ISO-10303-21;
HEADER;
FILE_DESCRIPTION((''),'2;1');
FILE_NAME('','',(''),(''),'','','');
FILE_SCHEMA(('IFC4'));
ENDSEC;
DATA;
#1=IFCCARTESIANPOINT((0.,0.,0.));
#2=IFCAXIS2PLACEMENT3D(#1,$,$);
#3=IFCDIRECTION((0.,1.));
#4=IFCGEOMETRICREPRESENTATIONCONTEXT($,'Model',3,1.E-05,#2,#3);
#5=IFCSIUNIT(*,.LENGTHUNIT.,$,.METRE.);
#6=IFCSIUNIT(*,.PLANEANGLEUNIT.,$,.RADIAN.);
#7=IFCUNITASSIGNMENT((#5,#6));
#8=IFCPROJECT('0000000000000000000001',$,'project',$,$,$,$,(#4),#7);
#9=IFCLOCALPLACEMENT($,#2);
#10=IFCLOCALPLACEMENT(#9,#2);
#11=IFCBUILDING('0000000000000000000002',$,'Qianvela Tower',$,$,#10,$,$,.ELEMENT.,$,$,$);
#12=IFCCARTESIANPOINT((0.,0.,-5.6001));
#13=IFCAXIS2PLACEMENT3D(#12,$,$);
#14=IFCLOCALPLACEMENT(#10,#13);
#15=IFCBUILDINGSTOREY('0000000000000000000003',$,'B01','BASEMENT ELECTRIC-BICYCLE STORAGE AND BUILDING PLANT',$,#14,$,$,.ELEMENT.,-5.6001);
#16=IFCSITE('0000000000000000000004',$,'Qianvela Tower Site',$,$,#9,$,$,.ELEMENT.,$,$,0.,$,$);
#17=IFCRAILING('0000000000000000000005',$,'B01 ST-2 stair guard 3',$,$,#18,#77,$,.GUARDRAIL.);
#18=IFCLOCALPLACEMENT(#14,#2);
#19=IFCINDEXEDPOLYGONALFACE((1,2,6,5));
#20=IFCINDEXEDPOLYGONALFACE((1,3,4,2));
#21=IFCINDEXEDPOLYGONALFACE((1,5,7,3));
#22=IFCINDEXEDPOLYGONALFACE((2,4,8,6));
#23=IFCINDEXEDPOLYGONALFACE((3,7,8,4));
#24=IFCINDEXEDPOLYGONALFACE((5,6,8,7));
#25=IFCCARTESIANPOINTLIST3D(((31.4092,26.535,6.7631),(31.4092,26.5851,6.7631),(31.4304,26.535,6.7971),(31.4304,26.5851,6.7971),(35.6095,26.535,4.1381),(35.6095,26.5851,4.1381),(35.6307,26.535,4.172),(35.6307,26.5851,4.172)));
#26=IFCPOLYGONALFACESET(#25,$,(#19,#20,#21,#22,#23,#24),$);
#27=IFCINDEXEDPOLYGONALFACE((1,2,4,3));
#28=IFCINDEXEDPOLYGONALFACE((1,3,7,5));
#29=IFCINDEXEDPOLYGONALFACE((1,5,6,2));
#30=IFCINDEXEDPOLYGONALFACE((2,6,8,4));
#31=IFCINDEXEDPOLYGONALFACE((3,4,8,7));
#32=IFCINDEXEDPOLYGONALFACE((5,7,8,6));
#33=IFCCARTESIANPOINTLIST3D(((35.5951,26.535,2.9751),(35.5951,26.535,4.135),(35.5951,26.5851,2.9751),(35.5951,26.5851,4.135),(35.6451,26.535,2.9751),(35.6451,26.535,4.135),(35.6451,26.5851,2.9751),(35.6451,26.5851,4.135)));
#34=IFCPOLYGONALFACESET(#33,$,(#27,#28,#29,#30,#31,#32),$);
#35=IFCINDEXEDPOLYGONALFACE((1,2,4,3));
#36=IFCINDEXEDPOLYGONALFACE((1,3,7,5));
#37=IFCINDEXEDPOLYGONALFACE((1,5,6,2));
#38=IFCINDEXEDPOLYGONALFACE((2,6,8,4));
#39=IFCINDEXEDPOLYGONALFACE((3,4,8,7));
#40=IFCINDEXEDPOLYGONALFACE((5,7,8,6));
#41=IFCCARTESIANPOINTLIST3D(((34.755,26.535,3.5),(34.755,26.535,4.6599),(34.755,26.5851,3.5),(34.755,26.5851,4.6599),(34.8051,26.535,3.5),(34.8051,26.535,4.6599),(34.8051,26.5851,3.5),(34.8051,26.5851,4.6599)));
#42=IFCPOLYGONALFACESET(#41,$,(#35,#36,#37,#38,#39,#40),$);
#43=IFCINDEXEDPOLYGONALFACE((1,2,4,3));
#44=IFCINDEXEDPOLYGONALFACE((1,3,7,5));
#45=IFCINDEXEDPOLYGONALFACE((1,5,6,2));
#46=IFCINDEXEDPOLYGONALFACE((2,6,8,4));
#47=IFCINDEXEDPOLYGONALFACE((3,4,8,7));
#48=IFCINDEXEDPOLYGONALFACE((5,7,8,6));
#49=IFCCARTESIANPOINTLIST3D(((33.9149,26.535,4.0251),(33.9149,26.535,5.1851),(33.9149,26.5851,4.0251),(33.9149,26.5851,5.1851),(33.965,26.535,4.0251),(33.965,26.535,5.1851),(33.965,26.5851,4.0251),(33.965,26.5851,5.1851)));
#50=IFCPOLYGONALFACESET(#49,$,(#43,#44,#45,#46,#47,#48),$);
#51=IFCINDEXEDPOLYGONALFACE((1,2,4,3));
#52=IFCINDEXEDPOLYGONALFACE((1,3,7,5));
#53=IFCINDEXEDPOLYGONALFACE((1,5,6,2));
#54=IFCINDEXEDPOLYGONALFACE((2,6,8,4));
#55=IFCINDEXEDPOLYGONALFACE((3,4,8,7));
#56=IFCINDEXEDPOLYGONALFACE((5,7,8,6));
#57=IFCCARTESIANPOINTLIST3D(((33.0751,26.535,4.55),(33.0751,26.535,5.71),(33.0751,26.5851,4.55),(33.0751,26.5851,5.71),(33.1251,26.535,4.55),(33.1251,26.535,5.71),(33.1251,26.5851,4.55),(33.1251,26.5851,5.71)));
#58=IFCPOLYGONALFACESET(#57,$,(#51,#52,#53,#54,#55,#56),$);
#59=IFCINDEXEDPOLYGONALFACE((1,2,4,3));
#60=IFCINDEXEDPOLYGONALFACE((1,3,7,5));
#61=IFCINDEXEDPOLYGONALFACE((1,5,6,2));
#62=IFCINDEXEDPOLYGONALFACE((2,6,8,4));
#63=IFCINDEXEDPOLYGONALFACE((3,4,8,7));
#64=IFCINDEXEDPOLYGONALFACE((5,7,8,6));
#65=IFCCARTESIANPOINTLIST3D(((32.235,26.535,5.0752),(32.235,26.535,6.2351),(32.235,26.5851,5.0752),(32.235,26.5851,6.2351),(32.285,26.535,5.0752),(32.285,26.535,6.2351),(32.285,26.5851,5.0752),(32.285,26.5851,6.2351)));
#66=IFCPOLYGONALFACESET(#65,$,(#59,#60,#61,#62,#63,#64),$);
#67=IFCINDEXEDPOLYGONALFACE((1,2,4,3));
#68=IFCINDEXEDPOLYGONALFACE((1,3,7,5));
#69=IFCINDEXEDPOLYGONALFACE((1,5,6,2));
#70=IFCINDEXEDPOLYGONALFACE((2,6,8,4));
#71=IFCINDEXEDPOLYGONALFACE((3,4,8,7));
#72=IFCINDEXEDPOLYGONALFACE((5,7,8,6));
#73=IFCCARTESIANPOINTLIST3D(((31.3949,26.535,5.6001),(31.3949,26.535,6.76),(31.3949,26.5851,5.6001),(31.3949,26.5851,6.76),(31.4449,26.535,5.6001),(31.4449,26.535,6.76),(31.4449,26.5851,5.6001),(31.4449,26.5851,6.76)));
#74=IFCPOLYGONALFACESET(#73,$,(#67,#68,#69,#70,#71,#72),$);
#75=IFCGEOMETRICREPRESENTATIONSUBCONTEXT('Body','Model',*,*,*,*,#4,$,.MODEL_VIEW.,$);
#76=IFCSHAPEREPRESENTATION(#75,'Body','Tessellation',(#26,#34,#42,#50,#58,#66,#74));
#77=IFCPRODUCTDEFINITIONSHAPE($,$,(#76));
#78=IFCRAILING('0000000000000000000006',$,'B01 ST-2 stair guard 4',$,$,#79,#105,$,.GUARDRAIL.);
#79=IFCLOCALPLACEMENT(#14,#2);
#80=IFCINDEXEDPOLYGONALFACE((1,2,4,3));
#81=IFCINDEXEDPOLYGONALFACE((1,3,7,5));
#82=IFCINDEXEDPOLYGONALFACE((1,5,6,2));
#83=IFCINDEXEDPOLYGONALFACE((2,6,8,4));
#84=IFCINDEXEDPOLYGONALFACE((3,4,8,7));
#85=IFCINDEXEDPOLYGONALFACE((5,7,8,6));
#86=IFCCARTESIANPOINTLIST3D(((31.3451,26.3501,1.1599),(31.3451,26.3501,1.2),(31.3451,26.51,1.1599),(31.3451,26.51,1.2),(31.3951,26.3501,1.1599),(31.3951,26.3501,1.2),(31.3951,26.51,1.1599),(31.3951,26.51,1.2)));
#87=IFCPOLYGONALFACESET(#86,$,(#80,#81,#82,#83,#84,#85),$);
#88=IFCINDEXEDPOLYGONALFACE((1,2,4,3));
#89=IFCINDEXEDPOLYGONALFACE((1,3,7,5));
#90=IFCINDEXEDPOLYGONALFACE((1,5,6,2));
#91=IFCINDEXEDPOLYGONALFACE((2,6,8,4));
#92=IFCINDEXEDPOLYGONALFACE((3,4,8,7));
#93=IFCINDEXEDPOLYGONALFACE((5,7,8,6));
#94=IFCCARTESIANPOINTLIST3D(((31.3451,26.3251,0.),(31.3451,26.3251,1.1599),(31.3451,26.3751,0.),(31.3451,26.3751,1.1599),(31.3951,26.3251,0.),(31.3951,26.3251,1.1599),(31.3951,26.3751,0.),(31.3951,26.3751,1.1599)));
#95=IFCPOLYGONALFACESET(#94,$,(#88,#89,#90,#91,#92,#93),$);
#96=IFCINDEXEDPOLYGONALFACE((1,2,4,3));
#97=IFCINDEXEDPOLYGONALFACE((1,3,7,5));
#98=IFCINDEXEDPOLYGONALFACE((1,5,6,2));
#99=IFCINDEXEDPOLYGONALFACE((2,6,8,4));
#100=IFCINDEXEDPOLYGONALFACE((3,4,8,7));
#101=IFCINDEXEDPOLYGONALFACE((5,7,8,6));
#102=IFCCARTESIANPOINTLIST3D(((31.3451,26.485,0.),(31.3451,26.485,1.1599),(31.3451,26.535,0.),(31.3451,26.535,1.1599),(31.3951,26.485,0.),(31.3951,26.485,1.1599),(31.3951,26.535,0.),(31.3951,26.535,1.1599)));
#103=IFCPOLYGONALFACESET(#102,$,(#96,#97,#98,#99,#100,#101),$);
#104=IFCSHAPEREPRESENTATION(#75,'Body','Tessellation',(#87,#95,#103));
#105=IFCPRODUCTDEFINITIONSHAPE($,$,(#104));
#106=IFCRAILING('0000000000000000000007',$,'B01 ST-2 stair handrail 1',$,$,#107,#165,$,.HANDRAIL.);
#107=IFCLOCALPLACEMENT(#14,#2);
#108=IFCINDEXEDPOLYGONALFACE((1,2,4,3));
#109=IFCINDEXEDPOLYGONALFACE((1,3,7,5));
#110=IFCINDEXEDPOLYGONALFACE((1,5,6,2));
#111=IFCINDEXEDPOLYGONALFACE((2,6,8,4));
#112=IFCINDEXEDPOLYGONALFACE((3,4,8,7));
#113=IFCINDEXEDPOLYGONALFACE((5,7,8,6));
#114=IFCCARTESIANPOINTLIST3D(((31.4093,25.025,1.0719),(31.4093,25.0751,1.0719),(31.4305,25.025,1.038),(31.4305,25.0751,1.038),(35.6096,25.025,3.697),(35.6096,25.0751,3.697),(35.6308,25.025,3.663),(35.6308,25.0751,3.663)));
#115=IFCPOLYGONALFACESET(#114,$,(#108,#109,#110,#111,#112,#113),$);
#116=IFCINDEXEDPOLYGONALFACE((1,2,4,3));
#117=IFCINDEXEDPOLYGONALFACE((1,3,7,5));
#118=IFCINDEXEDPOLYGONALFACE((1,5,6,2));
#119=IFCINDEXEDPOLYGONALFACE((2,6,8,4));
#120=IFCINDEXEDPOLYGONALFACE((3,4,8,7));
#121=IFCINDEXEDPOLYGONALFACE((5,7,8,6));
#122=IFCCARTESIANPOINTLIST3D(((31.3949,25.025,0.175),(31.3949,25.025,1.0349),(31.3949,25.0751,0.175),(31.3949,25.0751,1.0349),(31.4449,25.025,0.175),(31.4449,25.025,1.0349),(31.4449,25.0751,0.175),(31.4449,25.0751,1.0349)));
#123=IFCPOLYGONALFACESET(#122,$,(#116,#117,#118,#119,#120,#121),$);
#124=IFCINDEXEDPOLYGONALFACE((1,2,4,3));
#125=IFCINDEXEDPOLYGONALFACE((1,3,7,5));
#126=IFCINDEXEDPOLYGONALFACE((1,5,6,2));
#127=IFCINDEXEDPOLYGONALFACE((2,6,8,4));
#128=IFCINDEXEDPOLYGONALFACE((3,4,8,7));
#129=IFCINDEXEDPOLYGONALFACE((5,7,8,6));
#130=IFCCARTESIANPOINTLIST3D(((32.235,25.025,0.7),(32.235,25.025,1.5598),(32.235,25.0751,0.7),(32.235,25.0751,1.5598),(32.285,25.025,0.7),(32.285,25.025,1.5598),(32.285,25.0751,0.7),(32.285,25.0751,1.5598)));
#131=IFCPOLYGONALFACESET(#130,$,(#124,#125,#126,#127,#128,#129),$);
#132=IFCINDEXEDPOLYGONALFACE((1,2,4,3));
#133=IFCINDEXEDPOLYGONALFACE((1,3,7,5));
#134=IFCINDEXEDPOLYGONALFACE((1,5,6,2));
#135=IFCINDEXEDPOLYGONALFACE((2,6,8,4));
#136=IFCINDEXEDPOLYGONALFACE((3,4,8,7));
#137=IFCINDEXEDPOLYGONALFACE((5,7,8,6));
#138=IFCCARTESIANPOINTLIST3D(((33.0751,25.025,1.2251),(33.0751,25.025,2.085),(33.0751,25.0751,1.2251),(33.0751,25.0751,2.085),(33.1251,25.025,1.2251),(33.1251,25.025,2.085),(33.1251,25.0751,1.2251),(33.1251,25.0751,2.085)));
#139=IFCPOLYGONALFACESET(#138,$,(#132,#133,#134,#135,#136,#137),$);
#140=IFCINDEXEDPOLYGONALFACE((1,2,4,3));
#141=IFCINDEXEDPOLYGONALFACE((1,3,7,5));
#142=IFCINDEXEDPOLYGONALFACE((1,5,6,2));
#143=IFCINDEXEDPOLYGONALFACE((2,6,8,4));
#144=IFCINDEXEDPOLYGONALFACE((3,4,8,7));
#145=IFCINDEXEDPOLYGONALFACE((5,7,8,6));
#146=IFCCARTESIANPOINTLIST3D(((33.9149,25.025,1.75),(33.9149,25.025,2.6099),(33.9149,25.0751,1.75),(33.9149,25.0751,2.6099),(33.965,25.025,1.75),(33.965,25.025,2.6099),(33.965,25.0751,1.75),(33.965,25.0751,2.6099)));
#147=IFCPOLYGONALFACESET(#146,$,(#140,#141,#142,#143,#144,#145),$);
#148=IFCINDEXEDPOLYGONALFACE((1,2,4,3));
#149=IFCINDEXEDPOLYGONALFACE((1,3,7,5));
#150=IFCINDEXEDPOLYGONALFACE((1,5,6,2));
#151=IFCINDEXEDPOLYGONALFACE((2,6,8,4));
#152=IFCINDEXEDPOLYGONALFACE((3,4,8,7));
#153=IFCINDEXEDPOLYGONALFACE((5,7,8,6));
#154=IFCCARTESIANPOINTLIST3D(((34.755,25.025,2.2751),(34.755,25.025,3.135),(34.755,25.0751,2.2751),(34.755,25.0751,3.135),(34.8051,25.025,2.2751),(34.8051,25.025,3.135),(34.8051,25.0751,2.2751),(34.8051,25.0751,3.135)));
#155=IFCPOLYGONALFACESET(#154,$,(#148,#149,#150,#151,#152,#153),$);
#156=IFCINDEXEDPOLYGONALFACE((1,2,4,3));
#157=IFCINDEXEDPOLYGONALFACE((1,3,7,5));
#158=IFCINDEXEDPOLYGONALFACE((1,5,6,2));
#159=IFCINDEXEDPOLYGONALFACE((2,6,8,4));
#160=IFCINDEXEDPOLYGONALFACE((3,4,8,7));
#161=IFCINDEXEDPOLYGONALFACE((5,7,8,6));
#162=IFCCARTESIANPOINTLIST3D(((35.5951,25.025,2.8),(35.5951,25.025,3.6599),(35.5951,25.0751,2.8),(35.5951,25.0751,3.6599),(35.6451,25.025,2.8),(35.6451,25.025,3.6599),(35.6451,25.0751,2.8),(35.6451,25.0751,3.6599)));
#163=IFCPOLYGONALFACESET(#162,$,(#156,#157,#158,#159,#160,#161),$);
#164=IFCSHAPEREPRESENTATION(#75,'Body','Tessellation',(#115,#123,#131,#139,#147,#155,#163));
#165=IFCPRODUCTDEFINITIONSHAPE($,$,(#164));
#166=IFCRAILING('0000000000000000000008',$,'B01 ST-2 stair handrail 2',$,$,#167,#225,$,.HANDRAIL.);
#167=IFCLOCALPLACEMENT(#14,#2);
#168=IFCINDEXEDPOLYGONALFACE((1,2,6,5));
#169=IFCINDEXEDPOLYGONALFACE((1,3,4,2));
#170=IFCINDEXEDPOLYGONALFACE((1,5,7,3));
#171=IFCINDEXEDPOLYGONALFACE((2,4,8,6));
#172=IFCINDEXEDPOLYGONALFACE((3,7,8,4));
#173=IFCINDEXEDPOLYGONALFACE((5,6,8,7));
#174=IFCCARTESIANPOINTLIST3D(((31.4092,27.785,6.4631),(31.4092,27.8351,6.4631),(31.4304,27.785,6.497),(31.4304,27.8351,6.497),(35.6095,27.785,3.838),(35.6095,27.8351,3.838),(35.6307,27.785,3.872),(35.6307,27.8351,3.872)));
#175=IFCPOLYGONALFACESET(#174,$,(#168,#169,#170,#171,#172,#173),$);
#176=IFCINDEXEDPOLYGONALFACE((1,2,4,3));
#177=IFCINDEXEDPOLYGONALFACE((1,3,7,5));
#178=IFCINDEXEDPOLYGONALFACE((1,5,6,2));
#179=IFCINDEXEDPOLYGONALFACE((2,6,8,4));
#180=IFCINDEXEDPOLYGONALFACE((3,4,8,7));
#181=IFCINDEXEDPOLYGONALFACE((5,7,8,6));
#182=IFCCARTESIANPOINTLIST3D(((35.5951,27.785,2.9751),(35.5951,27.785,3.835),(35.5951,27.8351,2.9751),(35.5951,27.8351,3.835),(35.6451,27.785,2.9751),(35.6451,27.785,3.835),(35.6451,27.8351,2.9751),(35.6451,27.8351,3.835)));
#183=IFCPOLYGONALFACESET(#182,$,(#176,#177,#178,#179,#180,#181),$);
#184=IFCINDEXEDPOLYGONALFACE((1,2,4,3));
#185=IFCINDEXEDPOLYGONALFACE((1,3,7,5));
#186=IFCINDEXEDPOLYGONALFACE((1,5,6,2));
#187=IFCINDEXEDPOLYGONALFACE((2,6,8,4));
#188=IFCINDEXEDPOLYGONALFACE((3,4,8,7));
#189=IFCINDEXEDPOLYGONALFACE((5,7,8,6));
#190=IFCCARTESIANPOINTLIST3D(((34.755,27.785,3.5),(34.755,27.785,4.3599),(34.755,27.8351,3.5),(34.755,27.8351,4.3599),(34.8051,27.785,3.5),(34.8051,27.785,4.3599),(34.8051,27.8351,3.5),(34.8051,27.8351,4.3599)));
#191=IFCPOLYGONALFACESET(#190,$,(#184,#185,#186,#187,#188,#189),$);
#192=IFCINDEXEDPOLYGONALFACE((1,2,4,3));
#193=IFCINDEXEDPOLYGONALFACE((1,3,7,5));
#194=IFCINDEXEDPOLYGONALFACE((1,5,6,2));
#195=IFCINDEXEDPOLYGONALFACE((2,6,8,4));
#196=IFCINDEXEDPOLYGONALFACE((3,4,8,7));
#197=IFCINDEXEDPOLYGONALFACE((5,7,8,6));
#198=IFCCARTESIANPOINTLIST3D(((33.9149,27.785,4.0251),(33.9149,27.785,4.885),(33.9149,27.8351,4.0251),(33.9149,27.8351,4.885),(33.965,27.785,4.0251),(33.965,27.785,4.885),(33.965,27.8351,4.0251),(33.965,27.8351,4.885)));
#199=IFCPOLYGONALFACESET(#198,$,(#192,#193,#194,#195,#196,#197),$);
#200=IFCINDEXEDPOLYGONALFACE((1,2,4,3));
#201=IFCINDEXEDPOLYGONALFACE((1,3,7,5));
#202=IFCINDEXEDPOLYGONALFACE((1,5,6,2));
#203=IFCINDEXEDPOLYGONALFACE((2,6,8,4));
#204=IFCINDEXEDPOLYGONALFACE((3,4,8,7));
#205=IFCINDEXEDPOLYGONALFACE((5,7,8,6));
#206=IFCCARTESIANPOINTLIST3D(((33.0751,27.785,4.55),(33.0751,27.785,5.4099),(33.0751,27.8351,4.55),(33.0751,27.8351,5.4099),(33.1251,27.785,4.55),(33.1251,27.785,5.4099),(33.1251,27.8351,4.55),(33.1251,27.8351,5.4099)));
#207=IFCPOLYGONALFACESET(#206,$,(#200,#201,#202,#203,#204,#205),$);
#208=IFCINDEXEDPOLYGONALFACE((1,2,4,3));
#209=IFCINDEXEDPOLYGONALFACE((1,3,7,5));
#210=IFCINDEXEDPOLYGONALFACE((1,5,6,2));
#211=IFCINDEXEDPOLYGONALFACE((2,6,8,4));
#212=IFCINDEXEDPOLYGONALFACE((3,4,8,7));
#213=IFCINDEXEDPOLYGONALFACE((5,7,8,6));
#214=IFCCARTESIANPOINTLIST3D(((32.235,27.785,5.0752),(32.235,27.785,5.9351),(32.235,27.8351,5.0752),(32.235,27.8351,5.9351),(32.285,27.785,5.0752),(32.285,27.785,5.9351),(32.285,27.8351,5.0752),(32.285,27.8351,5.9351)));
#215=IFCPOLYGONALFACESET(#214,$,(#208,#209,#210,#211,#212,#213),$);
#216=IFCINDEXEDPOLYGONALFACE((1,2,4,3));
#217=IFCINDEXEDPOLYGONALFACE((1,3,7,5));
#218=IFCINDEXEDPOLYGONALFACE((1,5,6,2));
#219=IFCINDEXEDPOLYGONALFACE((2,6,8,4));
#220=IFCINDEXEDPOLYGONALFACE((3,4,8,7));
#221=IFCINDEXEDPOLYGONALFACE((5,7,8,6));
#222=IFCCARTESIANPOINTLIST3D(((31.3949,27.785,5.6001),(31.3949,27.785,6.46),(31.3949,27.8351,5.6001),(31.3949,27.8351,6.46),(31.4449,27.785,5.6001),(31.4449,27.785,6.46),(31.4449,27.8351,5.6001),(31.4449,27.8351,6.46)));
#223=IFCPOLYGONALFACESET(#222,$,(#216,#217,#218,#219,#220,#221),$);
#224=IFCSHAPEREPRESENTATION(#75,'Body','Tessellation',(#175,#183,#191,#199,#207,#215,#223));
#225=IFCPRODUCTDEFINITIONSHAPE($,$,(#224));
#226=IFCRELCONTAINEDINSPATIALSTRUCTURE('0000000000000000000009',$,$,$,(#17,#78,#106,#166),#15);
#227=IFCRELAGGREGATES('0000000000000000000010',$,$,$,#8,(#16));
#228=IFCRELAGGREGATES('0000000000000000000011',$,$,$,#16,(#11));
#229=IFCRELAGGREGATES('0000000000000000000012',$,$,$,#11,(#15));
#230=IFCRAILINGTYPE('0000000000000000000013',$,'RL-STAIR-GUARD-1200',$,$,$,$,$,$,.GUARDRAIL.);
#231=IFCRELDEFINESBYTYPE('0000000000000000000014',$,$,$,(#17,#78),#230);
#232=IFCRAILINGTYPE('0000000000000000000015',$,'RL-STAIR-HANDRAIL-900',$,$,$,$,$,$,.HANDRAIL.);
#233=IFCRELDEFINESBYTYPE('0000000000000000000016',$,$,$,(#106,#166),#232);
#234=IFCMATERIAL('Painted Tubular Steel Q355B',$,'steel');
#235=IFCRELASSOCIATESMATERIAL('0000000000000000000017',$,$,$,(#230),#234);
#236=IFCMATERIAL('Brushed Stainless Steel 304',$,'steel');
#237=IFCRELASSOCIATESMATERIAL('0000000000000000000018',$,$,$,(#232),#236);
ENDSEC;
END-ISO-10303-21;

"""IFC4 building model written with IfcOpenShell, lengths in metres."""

from ifc_helpers import new_model, si_unit, direction, frame, origin, origin_2d, place, context, subcontext, project, spatial, rectangle, extrude, material, type_object, element, save


model = new_model("IFC4")

# Units and contexts
model_context = context("Model", 3, precision=1e-05, world=origin(), true_north=direction((0.0, 1.0)))
body_context = subcontext(model_context, "Body", "Model", "MODEL_VIEW")
ifc_project = project(units=[si_unit("LENGTHUNIT", "METRE"), si_unit("PLANEANGLEUNIT", "RADIAN")], contexts=[model_context])

# Site, building, storey
site_placement = place(None, origin())
site = spatial("IfcSite", under=ifc_project, at=site_placement, Name="Qianvela Tower Site", CompositionType="ELEMENT", RefElevation=0.0)
building_placement = place(site_placement, origin())
building = spatial("IfcBuilding", under=site, at=building_placement, Name="Qianvela Tower", CompositionType="ELEMENT")
storey_placement = place(building_placement, frame((0.0, 0.0, -5.6001)))
storey = spatial("IfcBuildingStorey", under=building, at=storey_placement, Name="B01", Description="BASEMENT ELECTRIC-BICYCLE STORAGE AND BUILDING PLANT", CompositionType="ELEMENT", Elevation=-5.6001)

# Railings
ifc_material_1 = material(Name="Painted Tubular Steel Q355B", Category="steel")
railing_type_1 = type_object("IfcRailingType", Name="RL-STAIR-GUARD-1200", PredefinedType="GUARDRAIL", material=ifc_material_1)
railing_1_placement = place(storey_placement, frame((35.6201, 26.5601, 2.9751)))
element("IfcRailing", 1, at=railing_1_placement, inside=storey, type_object=railing_type_1, Name="B01 ST-2 stair guard 3", PredefinedType="GUARDRAIL", context=body_context, shape_type="SweptSolid", body=[
    extrude(rectangle(XDim=0.05, YDim=0.04, at=origin_2d()), frame((0.0, 0.0, 1.1799), z_axis=(-0.848009, 0.0, 0.529981), x_axis=(0.0, -1.0, 0.0)), (0.0, 0.0, 1.0), 4.9531),
    extrude(rectangle(XDim=0.05, YDim=0.05, at=origin_2d()), origin(), (0.0, 0.0, 1.0), 1.1599),
    extrude(rectangle(XDim=0.05, YDim=0.05, at=origin_2d()), frame((-0.8401, 0.0, 0.5249)), (0.0, 0.0, 1.0), 1.1599),
    extrude(rectangle(XDim=0.05, YDim=0.05, at=origin_2d()), frame((-1.6802, 0.0, 1.05)), (0.0, 0.0, 1.0), 1.1599),
    extrude(rectangle(XDim=0.05, YDim=0.05, at=origin_2d()), frame((-2.52, 0.0, 1.575)), (0.0, 0.0, 1.0), 1.1599),
    extrude(rectangle(XDim=0.05, YDim=0.05, at=origin_2d()), frame((-3.3601, 0.0, 2.1001)), (0.0, 0.0, 1.0), 1.1599),
    extrude(rectangle(XDim=0.05, YDim=0.05, at=origin_2d()), frame((-4.2002, 0.0, 2.625)), (0.0, 0.0, 1.0), 1.1599),
])
railing_2_placement = place(storey_placement, frame((31.3701, 26.3501, 0.0)))
element("IfcRailing", 2, at=railing_2_placement, inside=storey, type_object=railing_type_1, Name="B01 ST-2 stair guard 4", PredefinedType="GUARDRAIL", context=body_context, shape_type="SweptSolid", body=[
    extrude(rectangle(XDim=0.05, YDim=0.04, at=origin_2d()), frame((0.0, 0.0, 1.1799), z_axis=(0.0, 1.0, 0.0), x_axis=(-1.0, 0.0, 0.0)), (0.0, 0.0, 1.0), 0.1599),
    extrude(rectangle(XDim=0.05, YDim=0.05, at=origin_2d()), origin(), (0.0, 0.0, 1.0), 1.1599),
    extrude(rectangle(XDim=0.05, YDim=0.05, at=origin_2d()), frame((0.0, 0.1599, 0.0)), (0.0, 0.0, 1.0), 1.1599),
])
ifc_material_2 = material(Name="Brushed Stainless Steel 304", Category="steel")
railing_type_2 = type_object("IfcRailingType", Name="RL-STAIR-HANDRAIL-900", PredefinedType="HANDRAIL", material=ifc_material_2)
railing_3_placement = place(storey_placement, frame((31.4199, 25.05, 0.175)))
element("IfcRailing", 3, at=railing_3_placement, inside=storey, type_object=railing_type_2, Name="B01 ST-2 stair handrail 1", PredefinedType="HANDRAIL", context=body_context, shape_type="SweptSolid", body=[
    extrude(rectangle(XDim=0.05, YDim=0.04, at=origin_2d()), frame((0.0, 0.0, 0.8799), z_axis=(0.848009, 0.0, 0.529981), x_axis=(0.0, 1.0, 0.0)), (0.0, 0.0, 1.0), 4.9531),
    extrude(rectangle(XDim=0.05, YDim=0.05, at=origin_2d()), origin(), (0.0, 0.0, 1.0), 0.8599),
    extrude(rectangle(XDim=0.05, YDim=0.05, at=origin_2d()), frame((0.8401, 0.0, 0.5249)), (0.0, 0.0, 1.0), 0.8599),
    extrude(rectangle(XDim=0.05, YDim=0.05, at=origin_2d()), frame((1.6802, 0.0, 1.05)), (0.0, 0.0, 1.0), 0.8599),
    extrude(rectangle(XDim=0.05, YDim=0.05, at=origin_2d()), frame((2.52, 0.0, 1.575)), (0.0, 0.0, 1.0), 0.8599),
    extrude(rectangle(XDim=0.05, YDim=0.05, at=origin_2d()), frame((3.3601, 0.0, 2.1001)), (0.0, 0.0, 1.0), 0.8599),
    extrude(rectangle(XDim=0.05, YDim=0.05, at=origin_2d()), frame((4.2002, 0.0, 2.625)), (0.0, 0.0, 1.0), 0.8599),
])
railing_4_placement = place(storey_placement, frame((35.6201, 27.8101, 2.9751)))
element("IfcRailing", 4, at=railing_4_placement, inside=storey, type_object=railing_type_2, Name="B01 ST-2 stair handrail 2", PredefinedType="HANDRAIL", context=body_context, shape_type="SweptSolid", body=[
    extrude(rectangle(XDim=0.05, YDim=0.04, at=origin_2d()), frame((0.0, 0.0, 0.8799), z_axis=(-0.848009, 0.0, 0.529981), x_axis=(0.0, -1.0, 0.0)), (0.0, 0.0, 1.0), 4.9531),
    extrude(rectangle(XDim=0.05, YDim=0.05, at=origin_2d()), origin(), (0.0, 0.0, 1.0), 0.8599),
    extrude(rectangle(XDim=0.05, YDim=0.05, at=origin_2d()), frame((-0.8401, 0.0, 0.5249)), (0.0, 0.0, 1.0), 0.8599),
    extrude(rectangle(XDim=0.05, YDim=0.05, at=origin_2d()), frame((-1.6802, 0.0, 1.05)), (0.0, 0.0, 1.0), 0.8599),
    extrude(rectangle(XDim=0.05, YDim=0.05, at=origin_2d()), frame((-2.52, 0.0, 1.575)), (0.0, 0.0, 1.0), 0.8599),
    extrude(rectangle(XDim=0.05, YDim=0.05, at=origin_2d()), frame((-3.3601, 0.0, 2.1001)), (0.0, 0.0, 1.0), 0.8599),
    extrude(rectangle(XDim=0.05, YDim=0.05, at=origin_2d()), frame((-4.2002, 0.0, 2.625)), (0.0, 0.0, 1.0), 0.8599),
])

save(model, "model.ifc")
